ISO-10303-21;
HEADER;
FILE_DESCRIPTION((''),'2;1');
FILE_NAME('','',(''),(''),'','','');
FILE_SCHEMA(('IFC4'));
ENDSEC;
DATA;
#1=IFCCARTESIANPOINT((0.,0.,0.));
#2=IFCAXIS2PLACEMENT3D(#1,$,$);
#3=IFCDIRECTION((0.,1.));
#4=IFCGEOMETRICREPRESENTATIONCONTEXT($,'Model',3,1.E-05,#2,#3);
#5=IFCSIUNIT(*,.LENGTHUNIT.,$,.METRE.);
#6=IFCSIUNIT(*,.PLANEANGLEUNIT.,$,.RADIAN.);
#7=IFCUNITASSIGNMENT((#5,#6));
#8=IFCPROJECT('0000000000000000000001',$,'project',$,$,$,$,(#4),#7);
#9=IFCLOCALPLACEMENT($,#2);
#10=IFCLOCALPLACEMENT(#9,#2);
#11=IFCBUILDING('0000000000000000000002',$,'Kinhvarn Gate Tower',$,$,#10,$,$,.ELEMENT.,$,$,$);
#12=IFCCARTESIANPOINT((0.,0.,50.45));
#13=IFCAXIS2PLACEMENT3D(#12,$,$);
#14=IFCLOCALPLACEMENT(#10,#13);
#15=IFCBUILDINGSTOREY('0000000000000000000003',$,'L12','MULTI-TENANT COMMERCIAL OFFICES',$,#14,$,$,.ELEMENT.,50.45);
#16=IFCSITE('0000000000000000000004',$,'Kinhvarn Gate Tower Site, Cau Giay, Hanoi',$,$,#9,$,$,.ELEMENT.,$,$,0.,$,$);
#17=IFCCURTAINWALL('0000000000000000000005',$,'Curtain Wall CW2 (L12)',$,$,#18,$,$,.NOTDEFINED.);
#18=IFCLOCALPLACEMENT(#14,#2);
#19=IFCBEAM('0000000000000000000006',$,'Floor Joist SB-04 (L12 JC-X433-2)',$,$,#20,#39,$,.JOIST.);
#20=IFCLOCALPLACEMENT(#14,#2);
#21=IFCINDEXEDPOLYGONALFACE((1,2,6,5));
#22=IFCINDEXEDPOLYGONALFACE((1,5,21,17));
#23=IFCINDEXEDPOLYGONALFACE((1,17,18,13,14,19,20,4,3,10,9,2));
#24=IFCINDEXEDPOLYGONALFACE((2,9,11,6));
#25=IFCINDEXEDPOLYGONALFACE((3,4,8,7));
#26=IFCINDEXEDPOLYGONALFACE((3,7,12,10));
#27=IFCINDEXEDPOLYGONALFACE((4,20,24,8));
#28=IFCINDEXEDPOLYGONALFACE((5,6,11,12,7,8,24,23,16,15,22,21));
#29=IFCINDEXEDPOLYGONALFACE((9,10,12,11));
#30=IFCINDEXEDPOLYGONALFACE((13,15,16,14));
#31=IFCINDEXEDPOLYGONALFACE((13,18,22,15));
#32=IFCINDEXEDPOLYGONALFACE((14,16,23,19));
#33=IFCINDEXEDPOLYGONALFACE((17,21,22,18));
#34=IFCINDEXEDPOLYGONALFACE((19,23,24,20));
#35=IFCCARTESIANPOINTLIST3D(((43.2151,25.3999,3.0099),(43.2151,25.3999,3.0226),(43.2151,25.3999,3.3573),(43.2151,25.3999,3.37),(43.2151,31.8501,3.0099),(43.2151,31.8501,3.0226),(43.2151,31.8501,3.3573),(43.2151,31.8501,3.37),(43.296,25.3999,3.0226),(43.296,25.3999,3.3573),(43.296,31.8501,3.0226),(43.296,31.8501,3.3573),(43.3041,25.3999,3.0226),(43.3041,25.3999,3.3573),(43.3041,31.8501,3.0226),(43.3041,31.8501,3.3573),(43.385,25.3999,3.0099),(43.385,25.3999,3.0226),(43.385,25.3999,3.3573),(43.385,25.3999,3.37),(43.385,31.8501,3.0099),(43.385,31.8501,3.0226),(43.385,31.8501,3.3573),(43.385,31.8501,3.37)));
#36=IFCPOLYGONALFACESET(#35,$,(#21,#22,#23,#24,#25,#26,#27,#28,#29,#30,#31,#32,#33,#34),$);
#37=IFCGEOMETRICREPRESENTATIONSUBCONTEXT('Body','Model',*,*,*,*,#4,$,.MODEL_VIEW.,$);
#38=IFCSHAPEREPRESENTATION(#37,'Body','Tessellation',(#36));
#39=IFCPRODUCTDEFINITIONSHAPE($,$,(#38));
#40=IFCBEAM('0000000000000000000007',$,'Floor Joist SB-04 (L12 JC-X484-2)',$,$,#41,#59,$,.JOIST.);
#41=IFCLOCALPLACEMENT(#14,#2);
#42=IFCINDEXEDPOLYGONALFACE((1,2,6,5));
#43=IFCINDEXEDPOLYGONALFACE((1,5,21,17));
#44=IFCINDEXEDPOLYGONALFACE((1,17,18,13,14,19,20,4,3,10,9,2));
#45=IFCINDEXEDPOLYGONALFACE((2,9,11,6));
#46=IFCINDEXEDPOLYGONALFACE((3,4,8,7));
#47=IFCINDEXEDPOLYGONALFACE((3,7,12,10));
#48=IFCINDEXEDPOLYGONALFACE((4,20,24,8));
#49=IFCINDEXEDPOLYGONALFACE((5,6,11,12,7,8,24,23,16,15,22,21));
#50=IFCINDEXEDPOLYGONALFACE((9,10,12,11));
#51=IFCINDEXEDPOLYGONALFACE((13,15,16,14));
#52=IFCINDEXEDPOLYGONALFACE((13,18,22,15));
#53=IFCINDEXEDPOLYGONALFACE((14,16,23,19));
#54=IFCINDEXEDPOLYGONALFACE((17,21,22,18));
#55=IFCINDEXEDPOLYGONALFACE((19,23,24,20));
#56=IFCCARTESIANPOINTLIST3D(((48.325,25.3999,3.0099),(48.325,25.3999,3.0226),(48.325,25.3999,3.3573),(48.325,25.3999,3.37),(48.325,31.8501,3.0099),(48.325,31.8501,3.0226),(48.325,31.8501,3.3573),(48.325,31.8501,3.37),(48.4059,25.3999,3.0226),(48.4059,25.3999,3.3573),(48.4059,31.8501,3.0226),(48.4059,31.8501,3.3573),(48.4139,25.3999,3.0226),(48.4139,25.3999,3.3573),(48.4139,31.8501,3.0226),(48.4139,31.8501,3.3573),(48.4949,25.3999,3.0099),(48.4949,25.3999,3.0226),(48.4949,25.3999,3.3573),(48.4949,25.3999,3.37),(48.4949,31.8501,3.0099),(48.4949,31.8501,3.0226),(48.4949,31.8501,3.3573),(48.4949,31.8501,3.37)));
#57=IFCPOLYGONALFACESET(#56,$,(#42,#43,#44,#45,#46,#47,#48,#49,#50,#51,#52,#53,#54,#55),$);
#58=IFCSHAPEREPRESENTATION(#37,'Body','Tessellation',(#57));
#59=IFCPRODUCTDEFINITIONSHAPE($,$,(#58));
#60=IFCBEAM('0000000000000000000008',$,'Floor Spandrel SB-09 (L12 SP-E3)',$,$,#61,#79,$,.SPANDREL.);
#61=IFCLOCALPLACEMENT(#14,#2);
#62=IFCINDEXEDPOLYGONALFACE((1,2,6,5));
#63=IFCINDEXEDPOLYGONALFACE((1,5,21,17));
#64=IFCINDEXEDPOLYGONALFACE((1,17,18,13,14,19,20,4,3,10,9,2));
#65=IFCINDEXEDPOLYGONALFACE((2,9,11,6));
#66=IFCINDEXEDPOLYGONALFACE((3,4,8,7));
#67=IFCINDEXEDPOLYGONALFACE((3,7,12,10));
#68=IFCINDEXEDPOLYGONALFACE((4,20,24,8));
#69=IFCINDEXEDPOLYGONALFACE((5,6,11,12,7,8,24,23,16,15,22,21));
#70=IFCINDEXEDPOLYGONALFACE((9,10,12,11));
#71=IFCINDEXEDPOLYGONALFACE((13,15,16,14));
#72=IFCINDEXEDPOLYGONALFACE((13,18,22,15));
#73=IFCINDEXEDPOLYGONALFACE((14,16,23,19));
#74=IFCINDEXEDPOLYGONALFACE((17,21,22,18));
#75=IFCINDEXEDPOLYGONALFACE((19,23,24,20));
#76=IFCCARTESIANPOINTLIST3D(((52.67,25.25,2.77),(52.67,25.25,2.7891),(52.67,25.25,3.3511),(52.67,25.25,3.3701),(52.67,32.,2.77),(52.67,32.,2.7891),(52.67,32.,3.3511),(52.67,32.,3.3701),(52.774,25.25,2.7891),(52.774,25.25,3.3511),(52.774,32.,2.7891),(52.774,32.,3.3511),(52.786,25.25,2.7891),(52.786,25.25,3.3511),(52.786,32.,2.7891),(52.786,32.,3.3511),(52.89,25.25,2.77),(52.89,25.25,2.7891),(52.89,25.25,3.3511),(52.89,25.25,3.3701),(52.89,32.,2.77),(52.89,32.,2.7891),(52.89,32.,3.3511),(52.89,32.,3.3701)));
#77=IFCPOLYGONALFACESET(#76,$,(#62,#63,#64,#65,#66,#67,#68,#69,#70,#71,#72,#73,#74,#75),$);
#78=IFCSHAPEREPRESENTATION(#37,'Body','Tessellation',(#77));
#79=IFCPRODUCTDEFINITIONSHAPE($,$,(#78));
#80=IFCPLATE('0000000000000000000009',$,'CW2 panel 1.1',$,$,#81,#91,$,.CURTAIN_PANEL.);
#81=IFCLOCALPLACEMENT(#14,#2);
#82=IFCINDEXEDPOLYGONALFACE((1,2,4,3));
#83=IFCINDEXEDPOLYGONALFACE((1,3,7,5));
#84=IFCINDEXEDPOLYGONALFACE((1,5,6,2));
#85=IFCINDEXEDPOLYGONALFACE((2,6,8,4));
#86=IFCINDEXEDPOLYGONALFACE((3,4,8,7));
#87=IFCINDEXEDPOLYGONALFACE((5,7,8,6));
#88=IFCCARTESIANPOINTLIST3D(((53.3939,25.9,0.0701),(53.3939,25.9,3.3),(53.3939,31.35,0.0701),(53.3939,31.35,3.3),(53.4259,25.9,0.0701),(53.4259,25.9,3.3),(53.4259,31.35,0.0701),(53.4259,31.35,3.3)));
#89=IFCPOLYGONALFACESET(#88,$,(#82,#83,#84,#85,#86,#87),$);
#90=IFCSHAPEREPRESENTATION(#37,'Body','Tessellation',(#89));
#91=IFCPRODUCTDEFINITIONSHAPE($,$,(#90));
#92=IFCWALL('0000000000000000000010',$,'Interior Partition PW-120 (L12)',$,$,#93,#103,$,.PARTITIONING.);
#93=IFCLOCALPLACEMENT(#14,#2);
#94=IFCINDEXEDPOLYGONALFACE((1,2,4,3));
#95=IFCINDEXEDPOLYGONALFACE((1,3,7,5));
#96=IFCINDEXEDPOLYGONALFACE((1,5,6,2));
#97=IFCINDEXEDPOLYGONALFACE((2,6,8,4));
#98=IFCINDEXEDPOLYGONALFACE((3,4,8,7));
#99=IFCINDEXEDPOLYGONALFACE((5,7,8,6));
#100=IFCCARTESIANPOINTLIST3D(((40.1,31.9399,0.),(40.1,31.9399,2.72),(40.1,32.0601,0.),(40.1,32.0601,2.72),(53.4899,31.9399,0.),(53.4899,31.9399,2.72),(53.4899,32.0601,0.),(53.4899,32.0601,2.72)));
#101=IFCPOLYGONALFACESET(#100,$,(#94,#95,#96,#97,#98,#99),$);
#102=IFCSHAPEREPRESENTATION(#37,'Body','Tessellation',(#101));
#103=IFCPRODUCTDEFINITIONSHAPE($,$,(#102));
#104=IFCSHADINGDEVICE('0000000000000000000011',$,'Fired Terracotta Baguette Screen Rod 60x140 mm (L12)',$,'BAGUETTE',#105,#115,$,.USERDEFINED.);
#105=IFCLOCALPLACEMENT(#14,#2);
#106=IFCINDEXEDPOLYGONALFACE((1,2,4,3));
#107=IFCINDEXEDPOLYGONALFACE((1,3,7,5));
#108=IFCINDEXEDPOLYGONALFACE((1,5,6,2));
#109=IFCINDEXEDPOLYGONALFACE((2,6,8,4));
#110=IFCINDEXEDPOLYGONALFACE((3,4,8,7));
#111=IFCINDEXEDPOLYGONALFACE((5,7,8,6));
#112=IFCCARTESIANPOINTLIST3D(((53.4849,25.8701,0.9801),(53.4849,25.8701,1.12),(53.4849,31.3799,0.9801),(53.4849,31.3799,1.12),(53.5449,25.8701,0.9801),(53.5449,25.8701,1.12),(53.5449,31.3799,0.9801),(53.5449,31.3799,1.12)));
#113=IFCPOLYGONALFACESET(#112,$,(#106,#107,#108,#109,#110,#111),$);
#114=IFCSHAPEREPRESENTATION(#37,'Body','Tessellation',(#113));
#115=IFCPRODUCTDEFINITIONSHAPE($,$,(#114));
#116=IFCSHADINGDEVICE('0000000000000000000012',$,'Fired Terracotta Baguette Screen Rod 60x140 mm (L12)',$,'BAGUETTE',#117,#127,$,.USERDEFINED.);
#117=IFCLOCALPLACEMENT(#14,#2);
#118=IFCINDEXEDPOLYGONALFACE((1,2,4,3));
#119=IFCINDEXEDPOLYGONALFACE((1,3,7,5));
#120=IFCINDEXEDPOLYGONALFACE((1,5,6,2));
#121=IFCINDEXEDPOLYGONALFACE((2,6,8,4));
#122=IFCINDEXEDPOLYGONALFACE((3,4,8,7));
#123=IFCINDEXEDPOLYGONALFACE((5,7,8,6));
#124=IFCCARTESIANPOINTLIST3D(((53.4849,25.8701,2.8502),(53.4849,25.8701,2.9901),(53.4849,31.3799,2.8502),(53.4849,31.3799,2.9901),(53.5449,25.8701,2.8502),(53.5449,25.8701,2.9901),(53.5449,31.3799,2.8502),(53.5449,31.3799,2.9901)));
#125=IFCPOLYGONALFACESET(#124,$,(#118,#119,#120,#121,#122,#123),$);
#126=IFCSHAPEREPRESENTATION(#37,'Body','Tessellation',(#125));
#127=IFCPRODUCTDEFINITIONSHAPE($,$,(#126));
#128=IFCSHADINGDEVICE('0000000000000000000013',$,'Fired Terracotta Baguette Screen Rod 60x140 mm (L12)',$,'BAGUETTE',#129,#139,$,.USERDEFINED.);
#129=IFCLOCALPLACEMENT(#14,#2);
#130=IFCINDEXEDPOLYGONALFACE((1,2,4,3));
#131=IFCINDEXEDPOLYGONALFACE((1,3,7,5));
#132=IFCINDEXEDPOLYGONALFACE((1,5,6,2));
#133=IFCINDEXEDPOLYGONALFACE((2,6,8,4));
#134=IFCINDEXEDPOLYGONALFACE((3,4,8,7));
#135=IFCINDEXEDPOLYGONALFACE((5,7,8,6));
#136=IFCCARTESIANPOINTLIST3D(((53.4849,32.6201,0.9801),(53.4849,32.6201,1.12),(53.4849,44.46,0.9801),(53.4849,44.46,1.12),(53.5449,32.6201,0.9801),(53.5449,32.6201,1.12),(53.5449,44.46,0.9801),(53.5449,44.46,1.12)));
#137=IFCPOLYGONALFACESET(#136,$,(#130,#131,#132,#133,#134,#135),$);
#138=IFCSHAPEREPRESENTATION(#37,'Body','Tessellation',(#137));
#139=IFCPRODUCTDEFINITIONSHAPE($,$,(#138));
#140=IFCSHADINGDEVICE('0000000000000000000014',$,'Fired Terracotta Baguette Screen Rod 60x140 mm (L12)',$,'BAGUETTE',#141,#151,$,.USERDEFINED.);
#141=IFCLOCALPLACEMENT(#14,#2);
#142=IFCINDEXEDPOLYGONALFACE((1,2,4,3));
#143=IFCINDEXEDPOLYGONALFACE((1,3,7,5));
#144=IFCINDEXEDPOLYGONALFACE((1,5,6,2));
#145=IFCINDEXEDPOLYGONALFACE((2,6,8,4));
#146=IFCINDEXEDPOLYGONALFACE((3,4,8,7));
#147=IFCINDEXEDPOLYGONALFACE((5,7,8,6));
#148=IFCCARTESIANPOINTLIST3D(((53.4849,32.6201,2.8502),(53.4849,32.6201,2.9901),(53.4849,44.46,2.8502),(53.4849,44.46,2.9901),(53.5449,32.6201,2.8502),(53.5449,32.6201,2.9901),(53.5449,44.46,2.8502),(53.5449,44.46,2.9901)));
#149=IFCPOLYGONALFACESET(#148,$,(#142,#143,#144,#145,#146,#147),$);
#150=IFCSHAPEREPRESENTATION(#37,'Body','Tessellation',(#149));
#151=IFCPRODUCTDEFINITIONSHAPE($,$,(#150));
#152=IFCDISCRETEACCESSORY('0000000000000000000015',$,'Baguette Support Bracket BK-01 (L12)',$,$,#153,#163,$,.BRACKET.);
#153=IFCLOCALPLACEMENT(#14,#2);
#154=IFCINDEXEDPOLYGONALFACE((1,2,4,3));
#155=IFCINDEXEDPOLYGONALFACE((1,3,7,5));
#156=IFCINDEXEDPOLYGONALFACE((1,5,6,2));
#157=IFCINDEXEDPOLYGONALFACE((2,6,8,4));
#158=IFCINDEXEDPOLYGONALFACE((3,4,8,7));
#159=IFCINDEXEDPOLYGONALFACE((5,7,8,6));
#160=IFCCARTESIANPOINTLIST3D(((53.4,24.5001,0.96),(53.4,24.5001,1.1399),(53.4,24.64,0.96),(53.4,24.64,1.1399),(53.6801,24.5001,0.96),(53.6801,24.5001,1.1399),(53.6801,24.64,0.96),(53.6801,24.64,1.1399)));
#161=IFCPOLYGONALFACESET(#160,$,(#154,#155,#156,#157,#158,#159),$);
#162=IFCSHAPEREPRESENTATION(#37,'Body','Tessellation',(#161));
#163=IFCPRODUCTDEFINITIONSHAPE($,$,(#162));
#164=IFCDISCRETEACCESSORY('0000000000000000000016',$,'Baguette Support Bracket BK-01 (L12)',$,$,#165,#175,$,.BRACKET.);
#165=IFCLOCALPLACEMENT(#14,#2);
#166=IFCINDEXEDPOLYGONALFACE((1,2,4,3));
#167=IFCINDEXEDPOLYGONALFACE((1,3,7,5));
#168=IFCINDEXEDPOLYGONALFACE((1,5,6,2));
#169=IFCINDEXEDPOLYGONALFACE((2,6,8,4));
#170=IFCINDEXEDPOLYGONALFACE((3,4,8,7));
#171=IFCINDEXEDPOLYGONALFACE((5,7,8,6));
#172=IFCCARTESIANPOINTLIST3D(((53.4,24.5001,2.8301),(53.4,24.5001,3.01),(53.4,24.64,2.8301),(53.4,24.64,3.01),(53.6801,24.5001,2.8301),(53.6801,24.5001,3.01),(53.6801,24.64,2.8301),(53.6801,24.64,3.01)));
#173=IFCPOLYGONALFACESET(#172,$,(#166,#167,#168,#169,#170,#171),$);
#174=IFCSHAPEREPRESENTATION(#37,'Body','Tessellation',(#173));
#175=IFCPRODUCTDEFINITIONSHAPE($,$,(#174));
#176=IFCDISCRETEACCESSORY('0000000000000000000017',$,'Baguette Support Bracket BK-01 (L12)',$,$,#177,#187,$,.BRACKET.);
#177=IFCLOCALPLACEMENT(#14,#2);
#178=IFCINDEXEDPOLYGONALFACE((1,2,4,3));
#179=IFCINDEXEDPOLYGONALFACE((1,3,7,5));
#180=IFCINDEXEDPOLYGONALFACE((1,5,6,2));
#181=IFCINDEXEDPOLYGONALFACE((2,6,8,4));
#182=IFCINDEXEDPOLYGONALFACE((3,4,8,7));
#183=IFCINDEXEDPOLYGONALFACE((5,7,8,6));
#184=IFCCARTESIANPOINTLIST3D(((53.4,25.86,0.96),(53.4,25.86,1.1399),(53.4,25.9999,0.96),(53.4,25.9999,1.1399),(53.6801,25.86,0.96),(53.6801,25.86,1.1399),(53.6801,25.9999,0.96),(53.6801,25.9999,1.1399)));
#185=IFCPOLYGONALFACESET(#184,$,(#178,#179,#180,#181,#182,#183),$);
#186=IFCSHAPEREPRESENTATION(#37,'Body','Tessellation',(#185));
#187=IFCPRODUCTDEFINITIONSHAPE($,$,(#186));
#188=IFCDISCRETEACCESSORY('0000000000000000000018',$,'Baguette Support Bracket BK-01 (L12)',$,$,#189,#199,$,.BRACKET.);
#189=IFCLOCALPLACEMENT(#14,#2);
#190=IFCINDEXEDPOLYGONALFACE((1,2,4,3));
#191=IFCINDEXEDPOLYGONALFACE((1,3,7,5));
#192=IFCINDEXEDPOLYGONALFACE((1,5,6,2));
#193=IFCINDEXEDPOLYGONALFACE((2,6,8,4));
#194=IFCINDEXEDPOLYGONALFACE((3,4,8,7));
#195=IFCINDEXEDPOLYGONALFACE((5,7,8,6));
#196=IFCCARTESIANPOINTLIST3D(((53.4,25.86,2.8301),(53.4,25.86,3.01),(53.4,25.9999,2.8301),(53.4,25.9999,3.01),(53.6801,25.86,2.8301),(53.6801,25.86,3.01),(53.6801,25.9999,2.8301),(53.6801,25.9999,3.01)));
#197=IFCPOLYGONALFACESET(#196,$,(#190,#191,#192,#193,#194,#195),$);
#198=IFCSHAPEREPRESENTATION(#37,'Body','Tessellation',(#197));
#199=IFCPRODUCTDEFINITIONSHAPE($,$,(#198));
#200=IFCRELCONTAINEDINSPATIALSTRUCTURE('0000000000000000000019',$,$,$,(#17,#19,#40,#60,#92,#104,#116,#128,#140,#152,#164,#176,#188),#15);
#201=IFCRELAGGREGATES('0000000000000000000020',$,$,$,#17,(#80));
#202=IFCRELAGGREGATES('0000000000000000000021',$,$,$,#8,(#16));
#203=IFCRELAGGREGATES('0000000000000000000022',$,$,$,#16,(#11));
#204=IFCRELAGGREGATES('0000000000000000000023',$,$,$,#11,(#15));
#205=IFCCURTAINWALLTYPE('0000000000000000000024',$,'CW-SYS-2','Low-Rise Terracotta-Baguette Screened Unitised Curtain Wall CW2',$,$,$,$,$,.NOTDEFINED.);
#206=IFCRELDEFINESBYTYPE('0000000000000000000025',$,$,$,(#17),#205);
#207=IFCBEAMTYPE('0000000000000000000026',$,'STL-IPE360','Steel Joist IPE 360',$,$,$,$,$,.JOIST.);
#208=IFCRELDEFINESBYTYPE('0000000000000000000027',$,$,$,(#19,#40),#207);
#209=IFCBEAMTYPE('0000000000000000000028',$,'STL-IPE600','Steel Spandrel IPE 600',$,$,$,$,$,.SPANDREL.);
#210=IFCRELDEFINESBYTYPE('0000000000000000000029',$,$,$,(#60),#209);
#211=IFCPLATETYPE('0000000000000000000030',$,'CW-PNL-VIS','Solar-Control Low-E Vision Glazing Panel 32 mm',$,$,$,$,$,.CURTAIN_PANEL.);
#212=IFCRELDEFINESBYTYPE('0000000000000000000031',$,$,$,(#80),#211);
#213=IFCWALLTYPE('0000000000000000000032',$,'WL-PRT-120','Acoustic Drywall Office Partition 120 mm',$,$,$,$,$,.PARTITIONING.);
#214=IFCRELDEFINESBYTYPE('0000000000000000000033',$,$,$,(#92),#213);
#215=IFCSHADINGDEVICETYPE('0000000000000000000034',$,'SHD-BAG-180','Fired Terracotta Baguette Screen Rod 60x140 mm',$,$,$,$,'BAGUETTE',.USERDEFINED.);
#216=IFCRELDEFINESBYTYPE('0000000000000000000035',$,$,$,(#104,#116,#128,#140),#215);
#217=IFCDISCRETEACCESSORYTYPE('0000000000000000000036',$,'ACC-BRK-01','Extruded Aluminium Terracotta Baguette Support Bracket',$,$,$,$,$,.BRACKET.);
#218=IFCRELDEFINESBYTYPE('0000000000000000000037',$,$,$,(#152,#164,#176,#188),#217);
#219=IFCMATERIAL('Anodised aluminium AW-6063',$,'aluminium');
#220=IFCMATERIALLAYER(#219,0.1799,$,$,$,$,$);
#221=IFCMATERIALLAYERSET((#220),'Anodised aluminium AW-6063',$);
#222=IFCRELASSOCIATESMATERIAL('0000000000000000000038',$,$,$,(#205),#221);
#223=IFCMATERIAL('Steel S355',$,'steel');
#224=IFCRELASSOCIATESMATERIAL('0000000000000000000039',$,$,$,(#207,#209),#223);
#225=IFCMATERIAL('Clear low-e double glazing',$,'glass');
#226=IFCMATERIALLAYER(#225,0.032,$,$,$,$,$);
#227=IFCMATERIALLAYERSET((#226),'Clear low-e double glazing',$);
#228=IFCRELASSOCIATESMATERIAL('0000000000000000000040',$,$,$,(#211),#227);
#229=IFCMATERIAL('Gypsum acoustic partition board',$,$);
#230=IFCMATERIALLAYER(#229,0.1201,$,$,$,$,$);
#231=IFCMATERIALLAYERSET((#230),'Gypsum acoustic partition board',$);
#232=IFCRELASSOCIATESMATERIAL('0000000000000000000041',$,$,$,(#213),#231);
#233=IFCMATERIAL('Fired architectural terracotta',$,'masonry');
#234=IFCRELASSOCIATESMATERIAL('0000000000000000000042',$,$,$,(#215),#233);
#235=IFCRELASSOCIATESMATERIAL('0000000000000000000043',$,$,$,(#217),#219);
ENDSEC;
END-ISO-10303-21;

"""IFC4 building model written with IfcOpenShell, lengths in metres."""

from ifc_helpers import new_model, si_unit, direction, frame, frame_2d, origin, origin_2d, place, context, subcontext, project, spatial, rectangle, i_section, extrude, material, layer, layer_set, material_profile, profile_set, type_object, element, aggregate, save


model = new_model("IFC4")

# Units and contexts
model_context = context("Model", 3, precision=1e-05, world=origin(), true_north=direction((0.0, 1.0)))
body_context = subcontext(model_context, "Body", "Model", "MODEL_VIEW")
ifc_project = project(units=[si_unit("LENGTHUNIT", "METRE"), si_unit("PLANEANGLEUNIT", "RADIAN")], contexts=[model_context])

# Site, building, storey
site_placement = place(None, origin())
site = spatial("IfcSite", under=ifc_project, at=site_placement, Name="Kinhvarn Gate Tower Site, Cau Giay, Hanoi", CompositionType="ELEMENT", RefElevation=0.0)
building_placement = place(site_placement, origin())
building = spatial("IfcBuilding", under=site, at=building_placement, Name="Kinhvarn Gate Tower", CompositionType="ELEMENT")
storey_placement = place(building_placement, frame((0.0, 0.0, 50.45)))
storey = spatial("IfcBuildingStorey", under=building, at=storey_placement, Name="L12", Description="MULTI-TENANT COMMERCIAL OFFICES", CompositionType="ELEMENT", Elevation=50.45)

# Shared definitions
ifc_material_1 = material(Name="Anodised aluminium AW-6063", Category="aluminium")
ifc_layer_1 = layer(ifc_material_1, 0.1799)
ifc_layer_set_1 = layer_set([ifc_layer_1], Name="Anodised aluminium AW-6063")
curtain_wall_type = type_object("IfcCurtainWallType", Name="CW-SYS-2", Description="Low-Rise Terracotta-Baguette Screened Unitised Curtain Wall CW2", PredefinedType="NOTDEFINED", material=ifc_layer_set_1)

# Curtain wall
curtain_wall_1_placement = place(storey_placement, origin())
curtain_wall_1 = element("IfcCurtainWall", 1, at=curtain_wall_1_placement, inside=storey, type_object=curtain_wall_type, Name="Curtain Wall CW2 (L12)", PredefinedType="NOTDEFINED")

# Beams
ifc_material_2 = material(Name="Steel S355", Category="steel")
ifc_material_profile_1 = material_profile(ifc_material_2, i_section(OverallWidth=0.1699, OverallDepth=0.3601, WebThickness=0.0081, FlangeThickness=0.0127, at=origin_2d()), Name="IPE 360")
ifc_profile_set_1 = profile_set([ifc_material_profile_1], Name="Steel S355")
beam_type_1 = type_object("IfcBeamType", Name="STL-IPE360", Description="Steel Joist IPE 360", PredefinedType="JOIST", material=ifc_profile_set_1)
for number, where, z_axis, x_axis, name in (
    (2, (43.3, 25.3999, 3.1899), (0.0, 1.0, 0.0), (-1.0, 0.0, 0.0), "Floor Joist SB-04 (L12 JC-X433-2)"),
    (3, (48.4099, 25.3999, 3.1899), (0.0, 1.0, 0.0), (-1.0, 0.0, 0.0), "Floor Joist SB-04 (L12 JC-X484-2)"),
):
    element("IfcBeam", number, at=place(storey_placement, frame(where, z_axis=z_axis, x_axis=x_axis)), inside=storey, type_object=beam_type_1, Name=name, PredefinedType="JOIST", context=body_context, shape_type="SweptSolid", body=[
        extrude(i_section(OverallWidth=0.1699, OverallDepth=0.3601, WebThickness=0.0081, FlangeThickness=0.0127, at=origin_2d()), origin(), (0.0, 0.0, 1.0), 6.4502),
    ])
ifc_material_profile_2 = material_profile(ifc_material_2, i_section(OverallWidth=0.22, OverallDepth=0.6001, WebThickness=0.012, FlangeThickness=0.019, at=origin_2d()), Name="IPE 600")
ifc_profile_set_2 = profile_set([ifc_material_profile_2], Name="Steel S355")
beam_type_2 = type_object("IfcBeamType", Name="STL-IPE600", Description="Steel Spandrel IPE 600", PredefinedType="SPANDREL", material=ifc_profile_set_2)
beam_1_placement = place(storey_placement, frame((52.78, 25.25, 3.0701), z_axis=(0.0, 1.0, 0.0), x_axis=(-1.0, 0.0, 0.0)))
element("IfcBeam", 4, at=beam_1_placement, inside=storey, type_object=beam_type_2, Name="Floor Spandrel SB-09 (L12 SP-E3)", PredefinedType="SPANDREL", context=body_context, shape_type="SweptSolid", body=[
    extrude(i_section(OverallWidth=0.22, OverallDepth=0.6001, WebThickness=0.012, FlangeThickness=0.019, at=origin_2d()), origin(), (0.0, 0.0, 1.0), 6.75),
])

# Plate
ifc_material_3 = material(Name="Clear low-e double glazing", Category="glass")
ifc_layer_2 = layer(ifc_material_3, 0.032)
ifc_layer_set_2 = layer_set([ifc_layer_2], Name="Clear low-e double glazing")
plate_type = type_object("IfcPlateType", Name="CW-PNL-VIS", Description="Solar-Control Low-E Vision Glazing Panel 32 mm", PredefinedType="CURTAIN_PANEL", material=ifc_layer_set_2)
plate_placement = place(storey_placement, frame((53.4099, 28.625, 0.0701), z_axis=(0.0, 0.0, 1.0), x_axis=(0.0, 1.0, 0.0)))
plate = element("IfcPlate", 5, at=plate_placement, type_object=plate_type, Name="CW2 panel 1.1", PredefinedType="CURTAIN_PANEL", context=body_context, shape_type="SweptSolid", body=[
    extrude(rectangle(XDim=5.45, YDim=0.032, at=origin_2d()), origin(), (0.0, 0.0, 1.0), 3.23),
])
aggregate(curtain_wall_1, [plate])

# Wall
ifc_material_4 = material(Name="Gypsum acoustic partition board")
ifc_layer_3 = layer(ifc_material_4, 0.1201)
ifc_layer_set_3 = layer_set([ifc_layer_3], Name="Gypsum acoustic partition board")
wall_type_1 = type_object("IfcWallType", Name="WL-PRT-120", Description="Acoustic Drywall Office Partition 120 mm", PredefinedType="PARTITIONING", material=ifc_layer_set_3)
wall_1_placement = place(storey_placement, frame((40.1001, 32.0, 0.0), z_axis=(0.0, 0.0, 1.0), x_axis=(1.0, 0.0, 0.0)))
element("IfcWall", 6, at=wall_1_placement, inside=storey, type_object=wall_type_1, Name="Interior Partition PW-120 (L12)", PredefinedType="PARTITIONING", context=body_context, shape_type="SweptSolid", body=[
    extrude(rectangle(XDim=13.3899, YDim=0.1201, at=frame_2d((6.6948, 0.0))), origin(), (0.0, 0.0, 1.0), 2.72),
])

# Shading devices
ifc_material_5 = material(Name="Fired architectural terracotta", Category="masonry")
ifc_material_profile_3 = material_profile(ifc_material_5, rectangle(XDim=0.0601, YDim=0.1399, at=origin_2d()), Name="TC 60x140")
ifc_profile_set_3 = profile_set([ifc_material_profile_3], Name="Fired architectural terracotta")
shading_device_type = type_object("IfcShadingDeviceType", Name="SHD-BAG-180", Description="Fired Terracotta Baguette Screen Rod 60x140 mm", ElementType="BAGUETTE", PredefinedType="USERDEFINED", material=ifc_profile_set_3)
for number, where, z_axis, x_axis, name in (
    (7, (53.5149, 25.8701, 1.05), (0.0, 1.0, 0.0), (-1.0, 0.0, 0.0), "Fired Terracotta Baguette Screen Rod 60x140 mm (L12)"),
    (8, (53.5149, 25.8701, 2.9202), (0.0, 1.0, 0.0), (-1.0, 0.0, 0.0), "Fired Terracotta Baguette Screen Rod 60x140 mm (L12)"),
):
    element("IfcShadingDevice", number, at=place(storey_placement, frame(where, z_axis=z_axis, x_axis=x_axis)), inside=storey, type_object=shading_device_type, Name=name, ObjectType="BAGUETTE", PredefinedType="USERDEFINED", context=body_context, shape_type="SweptSolid", body=[
        extrude(rectangle(XDim=0.0601, YDim=0.1399, at=origin_2d()), origin(), (0.0, 0.0, 1.0), 5.5098),
    ])
for number, where, z_axis, x_axis, name in (
    (9, (53.5149, 32.6201, 1.05), (0.0, 1.0, 0.0), (-1.0, 0.0, 0.0), "Fired Terracotta Baguette Screen Rod 60x140 mm (L12)"),
    (10, (53.5149, 32.6201, 2.9202), (0.0, 1.0, 0.0), (-1.0, 0.0, 0.0), "Fired Terracotta Baguette Screen Rod 60x140 mm (L12)"),
):
    element("IfcShadingDevice", number, at=place(storey_placement, frame(where, z_axis=z_axis, x_axis=x_axis)), inside=storey, type_object=shading_device_type, Name=name, ObjectType="BAGUETTE", PredefinedType="USERDEFINED", context=body_context, shape_type="SweptSolid", body=[
        extrude(rectangle(XDim=0.0601, YDim=0.1399, at=origin_2d()), origin(), (0.0, 0.0, 1.0), 11.8398),
    ])

# Discrete accessories
discrete_accessory_type = type_object("IfcDiscreteAccessoryType", Name="ACC-BRK-01", Description="Extruded Aluminium Terracotta Baguette Support Bracket", PredefinedType="BRACKET", material=ifc_material_1)
for number, where, z_axis, x_axis, name in (
    (11, (53.54, 24.5701, 0.96), (0.0, 0.0, 1.0), (0.0, 1.0, 0.0), "Baguette Support Bracket BK-01 (L12)"),
    (12, (53.54, 24.5701, 2.8301), (0.0, 0.0, 1.0), (0.0, 1.0, 0.0), "Baguette Support Bracket BK-01 (L12)"),
    (13, (53.54, 25.9299, 0.96), (0.0, 0.0, 1.0), (0.0, 1.0, 0.0), "Baguette Support Bracket BK-01 (L12)"),
    (14, (53.54, 25.9299, 2.8301), (0.0, 0.0, 1.0), (0.0, 1.0, 0.0), "Baguette Support Bracket BK-01 (L12)"),
):
    element("IfcDiscreteAccessory", number, at=place(storey_placement, frame(where, z_axis=z_axis, x_axis=x_axis)), inside=storey, type_object=discrete_accessory_type, Name=name, PredefinedType="BRACKET", context=body_context, shape_type="SweptSolid", body=[
        extrude(rectangle(XDim=0.1399, YDim=0.28, at=origin_2d()), origin(), (0.0, 0.0, 1.0), 0.1799),
    ])

save(model, "model.ifc")
